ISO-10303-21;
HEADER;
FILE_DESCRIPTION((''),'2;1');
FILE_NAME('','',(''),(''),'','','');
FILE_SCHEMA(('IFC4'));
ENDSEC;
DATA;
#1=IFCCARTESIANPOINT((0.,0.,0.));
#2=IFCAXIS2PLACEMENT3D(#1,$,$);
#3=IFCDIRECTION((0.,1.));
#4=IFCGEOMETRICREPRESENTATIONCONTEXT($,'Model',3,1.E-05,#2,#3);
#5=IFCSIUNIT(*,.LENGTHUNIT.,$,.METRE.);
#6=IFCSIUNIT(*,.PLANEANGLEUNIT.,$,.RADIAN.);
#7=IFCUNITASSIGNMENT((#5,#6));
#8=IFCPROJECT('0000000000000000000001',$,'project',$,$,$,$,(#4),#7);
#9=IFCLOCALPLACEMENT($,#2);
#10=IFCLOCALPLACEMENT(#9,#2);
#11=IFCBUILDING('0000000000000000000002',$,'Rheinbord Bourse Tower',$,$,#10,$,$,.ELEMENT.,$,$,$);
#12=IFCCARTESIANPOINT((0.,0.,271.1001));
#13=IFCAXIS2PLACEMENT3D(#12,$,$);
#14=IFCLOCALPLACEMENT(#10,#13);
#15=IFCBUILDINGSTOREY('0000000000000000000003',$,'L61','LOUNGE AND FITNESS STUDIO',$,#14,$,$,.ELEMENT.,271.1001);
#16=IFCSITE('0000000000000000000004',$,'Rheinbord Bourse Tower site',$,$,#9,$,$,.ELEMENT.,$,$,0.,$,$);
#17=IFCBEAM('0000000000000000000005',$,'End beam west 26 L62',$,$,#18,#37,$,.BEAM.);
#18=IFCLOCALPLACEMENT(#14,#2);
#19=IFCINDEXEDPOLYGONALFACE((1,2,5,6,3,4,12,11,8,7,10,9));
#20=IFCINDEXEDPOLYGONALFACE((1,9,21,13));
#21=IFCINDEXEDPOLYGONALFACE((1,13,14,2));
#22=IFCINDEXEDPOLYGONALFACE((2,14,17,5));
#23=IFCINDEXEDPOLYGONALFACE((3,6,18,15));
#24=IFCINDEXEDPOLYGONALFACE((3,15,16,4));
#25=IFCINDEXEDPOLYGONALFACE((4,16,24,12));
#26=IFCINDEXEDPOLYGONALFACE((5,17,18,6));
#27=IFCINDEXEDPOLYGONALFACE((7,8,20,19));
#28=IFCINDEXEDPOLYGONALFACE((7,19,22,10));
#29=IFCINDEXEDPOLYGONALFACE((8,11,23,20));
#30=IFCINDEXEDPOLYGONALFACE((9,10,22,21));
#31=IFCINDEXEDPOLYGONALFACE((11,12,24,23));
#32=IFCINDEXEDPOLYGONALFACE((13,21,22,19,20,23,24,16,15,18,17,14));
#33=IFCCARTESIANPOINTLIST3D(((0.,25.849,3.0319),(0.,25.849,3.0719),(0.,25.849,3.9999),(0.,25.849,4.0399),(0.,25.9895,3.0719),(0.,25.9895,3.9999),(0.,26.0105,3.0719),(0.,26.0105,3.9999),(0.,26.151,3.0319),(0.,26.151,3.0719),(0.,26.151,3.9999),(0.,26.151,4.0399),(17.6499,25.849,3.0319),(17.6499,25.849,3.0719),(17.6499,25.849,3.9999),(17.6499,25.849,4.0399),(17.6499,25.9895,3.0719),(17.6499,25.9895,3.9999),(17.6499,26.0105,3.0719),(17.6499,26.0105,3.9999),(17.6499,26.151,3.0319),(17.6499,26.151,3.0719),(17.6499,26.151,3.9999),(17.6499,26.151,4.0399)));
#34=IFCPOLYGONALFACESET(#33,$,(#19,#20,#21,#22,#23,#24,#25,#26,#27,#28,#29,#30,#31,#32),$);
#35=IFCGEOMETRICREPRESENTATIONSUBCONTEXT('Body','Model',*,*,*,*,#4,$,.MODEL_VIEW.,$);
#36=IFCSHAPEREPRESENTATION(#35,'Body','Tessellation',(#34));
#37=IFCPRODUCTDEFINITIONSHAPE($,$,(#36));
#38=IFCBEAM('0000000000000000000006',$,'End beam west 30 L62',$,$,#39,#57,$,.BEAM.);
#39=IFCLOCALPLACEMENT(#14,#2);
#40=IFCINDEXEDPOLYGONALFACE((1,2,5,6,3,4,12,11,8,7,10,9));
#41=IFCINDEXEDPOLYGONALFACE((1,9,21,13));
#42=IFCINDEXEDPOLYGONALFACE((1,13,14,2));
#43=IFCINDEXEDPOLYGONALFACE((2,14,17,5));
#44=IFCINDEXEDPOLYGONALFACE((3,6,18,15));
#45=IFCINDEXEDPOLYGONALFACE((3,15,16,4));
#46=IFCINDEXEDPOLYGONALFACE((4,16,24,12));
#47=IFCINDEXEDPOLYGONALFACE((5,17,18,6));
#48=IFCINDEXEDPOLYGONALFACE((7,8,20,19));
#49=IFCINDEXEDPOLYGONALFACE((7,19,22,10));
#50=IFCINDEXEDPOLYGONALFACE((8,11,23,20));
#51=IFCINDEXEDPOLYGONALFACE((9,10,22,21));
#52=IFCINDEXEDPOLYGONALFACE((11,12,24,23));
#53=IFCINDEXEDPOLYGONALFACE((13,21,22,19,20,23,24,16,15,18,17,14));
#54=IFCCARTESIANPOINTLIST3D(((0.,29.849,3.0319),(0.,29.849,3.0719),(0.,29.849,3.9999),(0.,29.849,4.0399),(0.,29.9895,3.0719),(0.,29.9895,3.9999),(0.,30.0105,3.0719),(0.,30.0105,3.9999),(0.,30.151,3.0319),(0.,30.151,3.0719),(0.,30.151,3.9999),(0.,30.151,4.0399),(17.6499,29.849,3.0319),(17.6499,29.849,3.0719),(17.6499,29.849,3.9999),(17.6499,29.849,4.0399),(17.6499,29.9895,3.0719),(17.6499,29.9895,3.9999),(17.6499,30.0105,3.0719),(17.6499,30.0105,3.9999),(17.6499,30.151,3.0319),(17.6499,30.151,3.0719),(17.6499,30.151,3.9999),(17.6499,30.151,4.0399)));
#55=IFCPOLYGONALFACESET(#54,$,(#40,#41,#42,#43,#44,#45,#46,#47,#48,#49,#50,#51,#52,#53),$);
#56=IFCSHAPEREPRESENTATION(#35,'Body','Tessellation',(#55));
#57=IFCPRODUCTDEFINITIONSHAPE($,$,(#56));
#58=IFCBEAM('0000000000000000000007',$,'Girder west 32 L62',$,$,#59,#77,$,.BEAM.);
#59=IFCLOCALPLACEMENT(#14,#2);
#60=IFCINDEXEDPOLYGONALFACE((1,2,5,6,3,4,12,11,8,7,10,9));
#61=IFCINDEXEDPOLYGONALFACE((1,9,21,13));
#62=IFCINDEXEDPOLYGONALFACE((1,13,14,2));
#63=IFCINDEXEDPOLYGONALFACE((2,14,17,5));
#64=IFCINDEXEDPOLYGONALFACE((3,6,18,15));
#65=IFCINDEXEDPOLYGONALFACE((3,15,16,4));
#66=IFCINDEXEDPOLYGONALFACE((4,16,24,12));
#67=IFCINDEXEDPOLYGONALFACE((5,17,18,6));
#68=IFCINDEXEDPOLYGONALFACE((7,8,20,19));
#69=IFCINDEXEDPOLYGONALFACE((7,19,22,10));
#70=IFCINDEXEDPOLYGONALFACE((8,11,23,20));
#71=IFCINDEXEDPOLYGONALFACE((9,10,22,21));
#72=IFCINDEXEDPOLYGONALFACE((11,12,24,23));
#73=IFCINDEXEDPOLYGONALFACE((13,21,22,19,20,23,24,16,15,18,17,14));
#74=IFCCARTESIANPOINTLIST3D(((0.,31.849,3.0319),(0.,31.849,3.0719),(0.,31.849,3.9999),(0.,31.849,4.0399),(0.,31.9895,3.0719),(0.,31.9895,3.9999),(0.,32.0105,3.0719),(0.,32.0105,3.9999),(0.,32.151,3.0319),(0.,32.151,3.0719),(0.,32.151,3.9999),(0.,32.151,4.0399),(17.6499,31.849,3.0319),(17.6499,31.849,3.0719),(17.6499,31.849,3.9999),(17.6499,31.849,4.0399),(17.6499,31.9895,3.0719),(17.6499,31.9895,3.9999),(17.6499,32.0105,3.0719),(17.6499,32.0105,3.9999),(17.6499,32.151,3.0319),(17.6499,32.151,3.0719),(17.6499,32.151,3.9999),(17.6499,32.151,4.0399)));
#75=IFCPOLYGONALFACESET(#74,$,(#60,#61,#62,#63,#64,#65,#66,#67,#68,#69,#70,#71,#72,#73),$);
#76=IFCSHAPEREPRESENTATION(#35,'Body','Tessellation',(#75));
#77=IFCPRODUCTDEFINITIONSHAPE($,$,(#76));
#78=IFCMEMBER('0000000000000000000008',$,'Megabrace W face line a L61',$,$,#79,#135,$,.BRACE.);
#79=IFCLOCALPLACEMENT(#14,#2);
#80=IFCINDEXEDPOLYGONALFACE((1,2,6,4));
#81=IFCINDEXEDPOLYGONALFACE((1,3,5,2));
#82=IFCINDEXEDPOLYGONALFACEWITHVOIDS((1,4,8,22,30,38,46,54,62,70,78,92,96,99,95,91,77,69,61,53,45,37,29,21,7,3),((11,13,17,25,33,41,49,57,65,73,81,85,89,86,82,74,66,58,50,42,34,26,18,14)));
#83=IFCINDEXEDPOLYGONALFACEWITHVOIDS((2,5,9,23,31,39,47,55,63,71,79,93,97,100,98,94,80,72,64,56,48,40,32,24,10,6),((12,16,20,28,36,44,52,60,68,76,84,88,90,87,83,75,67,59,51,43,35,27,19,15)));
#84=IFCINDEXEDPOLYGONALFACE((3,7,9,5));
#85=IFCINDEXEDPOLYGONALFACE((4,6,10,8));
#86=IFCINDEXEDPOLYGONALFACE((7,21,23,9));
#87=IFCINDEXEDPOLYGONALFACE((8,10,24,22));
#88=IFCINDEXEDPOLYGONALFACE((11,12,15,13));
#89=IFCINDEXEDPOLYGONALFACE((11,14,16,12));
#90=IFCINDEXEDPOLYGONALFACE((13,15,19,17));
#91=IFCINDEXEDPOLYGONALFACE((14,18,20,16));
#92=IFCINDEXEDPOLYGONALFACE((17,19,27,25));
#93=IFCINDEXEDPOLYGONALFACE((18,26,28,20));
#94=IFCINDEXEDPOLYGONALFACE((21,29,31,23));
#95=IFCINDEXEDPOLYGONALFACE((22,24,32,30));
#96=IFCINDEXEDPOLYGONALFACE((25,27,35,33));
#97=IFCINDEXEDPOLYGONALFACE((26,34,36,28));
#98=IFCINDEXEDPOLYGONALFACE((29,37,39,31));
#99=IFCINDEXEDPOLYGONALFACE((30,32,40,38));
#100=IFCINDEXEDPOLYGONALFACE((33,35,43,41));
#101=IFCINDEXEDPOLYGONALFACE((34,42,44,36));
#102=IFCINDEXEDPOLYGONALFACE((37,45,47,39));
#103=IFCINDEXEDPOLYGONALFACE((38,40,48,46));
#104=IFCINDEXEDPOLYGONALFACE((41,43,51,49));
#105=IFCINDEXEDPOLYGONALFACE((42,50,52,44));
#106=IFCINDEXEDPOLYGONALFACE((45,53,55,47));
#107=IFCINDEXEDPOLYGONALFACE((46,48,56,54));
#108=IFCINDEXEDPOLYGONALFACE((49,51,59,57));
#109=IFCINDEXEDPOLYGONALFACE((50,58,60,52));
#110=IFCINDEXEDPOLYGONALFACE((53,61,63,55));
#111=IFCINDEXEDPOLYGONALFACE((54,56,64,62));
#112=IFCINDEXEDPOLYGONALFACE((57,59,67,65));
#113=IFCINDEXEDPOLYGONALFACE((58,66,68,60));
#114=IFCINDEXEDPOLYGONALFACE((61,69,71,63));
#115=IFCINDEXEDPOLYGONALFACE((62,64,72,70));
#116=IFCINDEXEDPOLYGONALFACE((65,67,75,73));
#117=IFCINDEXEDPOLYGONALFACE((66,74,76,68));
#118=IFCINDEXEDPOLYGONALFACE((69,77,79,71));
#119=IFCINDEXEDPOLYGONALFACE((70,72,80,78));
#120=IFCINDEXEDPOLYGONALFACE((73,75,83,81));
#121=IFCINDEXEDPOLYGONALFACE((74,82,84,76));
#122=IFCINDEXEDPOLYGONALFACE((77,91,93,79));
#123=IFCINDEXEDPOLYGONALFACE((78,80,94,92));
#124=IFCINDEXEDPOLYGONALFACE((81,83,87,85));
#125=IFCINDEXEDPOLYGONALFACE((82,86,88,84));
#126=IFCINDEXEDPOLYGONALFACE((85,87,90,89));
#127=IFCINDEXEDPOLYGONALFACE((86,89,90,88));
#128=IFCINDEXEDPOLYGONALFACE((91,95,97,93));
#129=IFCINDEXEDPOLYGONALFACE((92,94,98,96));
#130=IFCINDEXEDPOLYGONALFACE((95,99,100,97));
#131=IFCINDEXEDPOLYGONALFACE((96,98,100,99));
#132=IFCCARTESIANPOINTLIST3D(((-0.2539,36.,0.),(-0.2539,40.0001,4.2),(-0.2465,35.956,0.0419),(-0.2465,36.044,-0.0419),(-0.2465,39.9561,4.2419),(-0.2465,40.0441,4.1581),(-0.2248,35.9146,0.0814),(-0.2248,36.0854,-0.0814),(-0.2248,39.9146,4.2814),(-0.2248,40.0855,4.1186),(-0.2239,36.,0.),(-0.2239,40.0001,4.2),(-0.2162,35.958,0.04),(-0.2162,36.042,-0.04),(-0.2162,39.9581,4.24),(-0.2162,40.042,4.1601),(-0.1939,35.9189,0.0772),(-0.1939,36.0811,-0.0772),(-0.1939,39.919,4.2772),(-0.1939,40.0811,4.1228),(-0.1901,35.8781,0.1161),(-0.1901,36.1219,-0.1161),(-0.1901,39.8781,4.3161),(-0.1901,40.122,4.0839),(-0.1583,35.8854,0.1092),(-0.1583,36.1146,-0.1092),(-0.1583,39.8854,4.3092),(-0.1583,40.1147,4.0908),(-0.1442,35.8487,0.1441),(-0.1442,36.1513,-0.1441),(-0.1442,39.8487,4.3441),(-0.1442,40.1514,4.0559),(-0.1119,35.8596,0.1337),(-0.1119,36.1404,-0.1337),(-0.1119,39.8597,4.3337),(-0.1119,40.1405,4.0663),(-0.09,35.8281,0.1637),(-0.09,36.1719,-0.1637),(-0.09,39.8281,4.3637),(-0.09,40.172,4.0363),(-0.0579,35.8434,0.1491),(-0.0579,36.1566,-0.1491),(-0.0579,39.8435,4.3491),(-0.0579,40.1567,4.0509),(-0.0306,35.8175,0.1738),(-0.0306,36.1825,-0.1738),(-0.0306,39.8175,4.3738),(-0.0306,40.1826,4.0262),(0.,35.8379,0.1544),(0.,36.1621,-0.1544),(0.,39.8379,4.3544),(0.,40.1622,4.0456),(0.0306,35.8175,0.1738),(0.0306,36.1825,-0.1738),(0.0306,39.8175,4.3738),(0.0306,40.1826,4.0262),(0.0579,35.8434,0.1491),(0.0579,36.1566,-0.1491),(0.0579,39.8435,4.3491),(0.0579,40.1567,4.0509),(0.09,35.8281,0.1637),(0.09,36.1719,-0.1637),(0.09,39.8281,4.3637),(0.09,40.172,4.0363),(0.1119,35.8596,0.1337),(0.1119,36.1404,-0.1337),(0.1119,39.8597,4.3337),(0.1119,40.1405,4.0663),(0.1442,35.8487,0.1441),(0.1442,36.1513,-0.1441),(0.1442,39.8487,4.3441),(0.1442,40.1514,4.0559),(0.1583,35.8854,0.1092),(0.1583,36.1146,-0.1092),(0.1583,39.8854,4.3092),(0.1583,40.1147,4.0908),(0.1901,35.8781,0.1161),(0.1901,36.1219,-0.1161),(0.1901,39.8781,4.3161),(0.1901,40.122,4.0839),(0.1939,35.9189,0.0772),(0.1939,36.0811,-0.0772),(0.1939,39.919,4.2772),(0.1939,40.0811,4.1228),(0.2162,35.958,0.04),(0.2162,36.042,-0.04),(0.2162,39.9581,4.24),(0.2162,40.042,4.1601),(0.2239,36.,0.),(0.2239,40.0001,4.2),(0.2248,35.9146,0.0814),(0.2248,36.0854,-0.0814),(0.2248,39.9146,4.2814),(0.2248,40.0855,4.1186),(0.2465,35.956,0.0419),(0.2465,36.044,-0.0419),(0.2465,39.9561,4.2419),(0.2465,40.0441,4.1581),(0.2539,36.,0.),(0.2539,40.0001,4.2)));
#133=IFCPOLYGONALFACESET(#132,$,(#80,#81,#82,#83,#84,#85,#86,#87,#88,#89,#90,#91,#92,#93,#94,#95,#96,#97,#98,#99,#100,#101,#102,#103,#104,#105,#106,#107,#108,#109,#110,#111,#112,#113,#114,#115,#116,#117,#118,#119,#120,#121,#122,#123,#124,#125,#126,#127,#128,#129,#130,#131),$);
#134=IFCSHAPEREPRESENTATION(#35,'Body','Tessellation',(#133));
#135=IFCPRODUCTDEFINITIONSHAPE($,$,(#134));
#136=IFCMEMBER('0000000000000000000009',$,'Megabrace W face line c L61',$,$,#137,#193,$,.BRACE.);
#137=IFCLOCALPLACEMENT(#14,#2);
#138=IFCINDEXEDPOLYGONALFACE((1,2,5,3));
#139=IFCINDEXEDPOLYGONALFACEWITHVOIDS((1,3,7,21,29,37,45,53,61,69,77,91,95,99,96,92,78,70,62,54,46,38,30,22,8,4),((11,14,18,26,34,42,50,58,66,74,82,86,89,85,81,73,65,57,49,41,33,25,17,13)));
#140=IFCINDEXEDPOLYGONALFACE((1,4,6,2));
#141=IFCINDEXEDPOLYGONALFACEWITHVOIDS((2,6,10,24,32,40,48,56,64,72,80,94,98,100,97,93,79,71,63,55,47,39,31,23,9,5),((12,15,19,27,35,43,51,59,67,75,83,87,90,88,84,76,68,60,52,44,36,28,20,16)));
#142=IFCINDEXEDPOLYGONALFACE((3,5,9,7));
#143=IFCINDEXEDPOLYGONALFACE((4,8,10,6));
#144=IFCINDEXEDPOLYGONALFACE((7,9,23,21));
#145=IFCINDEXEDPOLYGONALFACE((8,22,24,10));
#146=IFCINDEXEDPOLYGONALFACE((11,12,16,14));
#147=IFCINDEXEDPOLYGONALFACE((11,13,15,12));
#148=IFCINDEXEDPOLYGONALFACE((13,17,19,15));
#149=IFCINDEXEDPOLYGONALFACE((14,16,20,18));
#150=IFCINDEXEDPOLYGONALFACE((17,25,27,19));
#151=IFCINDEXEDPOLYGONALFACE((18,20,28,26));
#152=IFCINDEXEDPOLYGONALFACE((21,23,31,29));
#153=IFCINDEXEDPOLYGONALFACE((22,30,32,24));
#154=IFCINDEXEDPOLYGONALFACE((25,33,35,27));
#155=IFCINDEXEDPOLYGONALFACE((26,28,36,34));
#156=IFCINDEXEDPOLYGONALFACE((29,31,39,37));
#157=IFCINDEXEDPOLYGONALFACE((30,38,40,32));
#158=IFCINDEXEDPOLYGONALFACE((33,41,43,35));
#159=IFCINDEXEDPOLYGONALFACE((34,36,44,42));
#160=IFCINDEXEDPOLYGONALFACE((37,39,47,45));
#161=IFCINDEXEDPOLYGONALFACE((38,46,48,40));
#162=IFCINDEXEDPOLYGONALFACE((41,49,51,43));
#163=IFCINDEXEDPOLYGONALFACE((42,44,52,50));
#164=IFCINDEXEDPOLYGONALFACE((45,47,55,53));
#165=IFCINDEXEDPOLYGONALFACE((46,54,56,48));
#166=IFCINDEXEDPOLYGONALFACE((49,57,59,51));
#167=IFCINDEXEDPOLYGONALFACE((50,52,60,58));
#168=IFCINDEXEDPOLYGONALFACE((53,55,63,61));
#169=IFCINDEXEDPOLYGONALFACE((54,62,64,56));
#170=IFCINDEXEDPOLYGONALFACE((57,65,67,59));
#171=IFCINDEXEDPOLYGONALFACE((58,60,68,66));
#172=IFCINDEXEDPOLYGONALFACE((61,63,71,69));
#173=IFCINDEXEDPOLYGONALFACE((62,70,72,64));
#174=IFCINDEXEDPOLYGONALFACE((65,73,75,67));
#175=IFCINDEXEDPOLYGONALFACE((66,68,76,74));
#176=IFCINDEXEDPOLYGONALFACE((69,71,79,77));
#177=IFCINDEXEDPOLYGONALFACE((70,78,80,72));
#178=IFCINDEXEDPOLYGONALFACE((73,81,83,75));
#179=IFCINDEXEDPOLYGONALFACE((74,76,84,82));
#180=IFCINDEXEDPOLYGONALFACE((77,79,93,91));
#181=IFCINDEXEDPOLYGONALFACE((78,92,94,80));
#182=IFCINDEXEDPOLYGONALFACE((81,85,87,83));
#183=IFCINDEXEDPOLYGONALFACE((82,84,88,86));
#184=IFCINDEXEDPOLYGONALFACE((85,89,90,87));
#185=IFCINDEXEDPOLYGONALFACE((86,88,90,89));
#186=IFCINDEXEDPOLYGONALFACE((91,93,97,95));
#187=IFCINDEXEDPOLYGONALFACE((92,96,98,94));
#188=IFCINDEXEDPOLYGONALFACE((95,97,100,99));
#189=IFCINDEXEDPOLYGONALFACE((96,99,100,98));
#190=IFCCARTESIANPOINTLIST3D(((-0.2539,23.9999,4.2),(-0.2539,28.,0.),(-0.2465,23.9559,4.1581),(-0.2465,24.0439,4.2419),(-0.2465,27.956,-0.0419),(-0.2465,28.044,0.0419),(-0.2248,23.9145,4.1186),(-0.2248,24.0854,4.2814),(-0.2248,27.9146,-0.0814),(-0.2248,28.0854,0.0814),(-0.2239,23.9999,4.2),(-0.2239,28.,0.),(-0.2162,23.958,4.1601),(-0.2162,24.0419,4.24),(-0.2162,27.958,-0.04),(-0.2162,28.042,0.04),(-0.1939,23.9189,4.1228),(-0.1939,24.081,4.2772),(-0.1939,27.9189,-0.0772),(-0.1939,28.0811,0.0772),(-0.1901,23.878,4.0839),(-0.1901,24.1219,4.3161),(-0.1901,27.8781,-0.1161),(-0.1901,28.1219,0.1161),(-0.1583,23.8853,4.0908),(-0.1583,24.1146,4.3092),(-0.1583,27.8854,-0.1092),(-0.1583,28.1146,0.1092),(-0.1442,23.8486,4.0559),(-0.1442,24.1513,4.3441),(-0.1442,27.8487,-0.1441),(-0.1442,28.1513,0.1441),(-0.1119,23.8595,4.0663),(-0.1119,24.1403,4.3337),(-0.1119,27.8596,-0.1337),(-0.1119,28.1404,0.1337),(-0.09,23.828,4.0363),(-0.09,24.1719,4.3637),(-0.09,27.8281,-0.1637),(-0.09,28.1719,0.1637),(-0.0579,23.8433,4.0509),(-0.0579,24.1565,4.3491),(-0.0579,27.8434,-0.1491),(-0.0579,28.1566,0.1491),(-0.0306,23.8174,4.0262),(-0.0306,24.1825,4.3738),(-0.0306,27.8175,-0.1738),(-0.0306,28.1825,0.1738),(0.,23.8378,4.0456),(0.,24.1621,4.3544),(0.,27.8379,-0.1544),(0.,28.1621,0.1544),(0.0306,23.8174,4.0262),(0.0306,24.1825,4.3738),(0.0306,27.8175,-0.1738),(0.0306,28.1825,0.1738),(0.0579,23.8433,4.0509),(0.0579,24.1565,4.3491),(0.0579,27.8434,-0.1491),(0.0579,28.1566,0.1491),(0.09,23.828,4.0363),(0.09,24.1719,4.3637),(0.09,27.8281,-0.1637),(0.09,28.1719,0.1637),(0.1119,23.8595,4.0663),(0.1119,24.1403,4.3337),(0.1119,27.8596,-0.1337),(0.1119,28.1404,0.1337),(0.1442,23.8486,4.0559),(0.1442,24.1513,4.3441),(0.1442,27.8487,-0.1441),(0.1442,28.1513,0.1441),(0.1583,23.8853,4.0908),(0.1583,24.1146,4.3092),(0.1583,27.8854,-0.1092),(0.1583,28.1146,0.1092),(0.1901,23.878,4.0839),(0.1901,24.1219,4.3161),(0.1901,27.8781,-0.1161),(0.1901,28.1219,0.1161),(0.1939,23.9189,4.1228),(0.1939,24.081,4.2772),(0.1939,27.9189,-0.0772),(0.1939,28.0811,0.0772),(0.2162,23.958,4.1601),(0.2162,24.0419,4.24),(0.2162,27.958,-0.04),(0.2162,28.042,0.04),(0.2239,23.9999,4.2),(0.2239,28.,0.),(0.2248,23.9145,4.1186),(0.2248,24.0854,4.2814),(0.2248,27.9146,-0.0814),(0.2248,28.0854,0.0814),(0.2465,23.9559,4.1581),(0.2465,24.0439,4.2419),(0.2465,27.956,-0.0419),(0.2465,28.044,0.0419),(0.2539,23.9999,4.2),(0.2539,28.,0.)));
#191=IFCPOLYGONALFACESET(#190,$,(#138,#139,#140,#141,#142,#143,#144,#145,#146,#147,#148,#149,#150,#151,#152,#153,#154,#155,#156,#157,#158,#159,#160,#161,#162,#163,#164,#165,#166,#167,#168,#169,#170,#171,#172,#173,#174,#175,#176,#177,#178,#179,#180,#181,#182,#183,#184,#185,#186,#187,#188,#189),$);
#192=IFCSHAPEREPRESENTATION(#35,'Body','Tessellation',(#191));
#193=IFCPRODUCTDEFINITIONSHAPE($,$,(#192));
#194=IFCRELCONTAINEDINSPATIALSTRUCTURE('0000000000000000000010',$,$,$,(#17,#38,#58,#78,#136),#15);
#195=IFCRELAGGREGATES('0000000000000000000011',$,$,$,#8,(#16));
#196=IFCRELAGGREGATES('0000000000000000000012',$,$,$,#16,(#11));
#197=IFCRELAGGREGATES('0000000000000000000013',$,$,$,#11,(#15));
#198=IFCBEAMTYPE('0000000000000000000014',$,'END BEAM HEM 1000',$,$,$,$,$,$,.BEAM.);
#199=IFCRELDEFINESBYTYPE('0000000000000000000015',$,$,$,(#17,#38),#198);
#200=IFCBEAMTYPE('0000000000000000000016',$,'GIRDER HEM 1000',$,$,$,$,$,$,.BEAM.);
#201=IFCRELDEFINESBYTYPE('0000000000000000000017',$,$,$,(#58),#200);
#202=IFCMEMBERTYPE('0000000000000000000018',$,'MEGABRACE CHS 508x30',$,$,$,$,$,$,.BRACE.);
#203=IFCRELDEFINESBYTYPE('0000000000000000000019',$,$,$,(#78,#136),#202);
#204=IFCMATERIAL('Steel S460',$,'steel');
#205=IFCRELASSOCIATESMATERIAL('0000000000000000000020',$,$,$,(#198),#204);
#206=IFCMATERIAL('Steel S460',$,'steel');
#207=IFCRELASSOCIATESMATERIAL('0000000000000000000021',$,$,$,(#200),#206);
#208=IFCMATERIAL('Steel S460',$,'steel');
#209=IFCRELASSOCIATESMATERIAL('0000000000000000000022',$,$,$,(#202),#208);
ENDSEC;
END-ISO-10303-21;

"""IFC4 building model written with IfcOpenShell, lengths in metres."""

from ifc_helpers import new_model, si_unit, direction, frame, origin, origin_2d, place, context, subcontext, project, spatial, hollow_circle, i_section, extrude, material, material_profile, profile_set, type_object, element, save


model = new_model("IFC4")

# Units and contexts
model_context = context("Model", 3, precision=1e-05, world=origin(), true_north=direction((0.0, 1.0)))
body_context = subcontext(model_context, "Body", "Model", "MODEL_VIEW")
ifc_project = project(units=[si_unit("LENGTHUNIT", "METRE"), si_unit("PLANEANGLEUNIT", "RADIAN")], contexts=[model_context])

# Site, building, storey
site_placement = place(None, origin())
site = spatial("IfcSite", under=ifc_project, at=site_placement, Name="Rheinbord Bourse Tower site", CompositionType="ELEMENT", RefElevation=0.0)
building_placement = place(site_placement, origin())
building = spatial("IfcBuilding", under=site, at=building_placement, Name="Rheinbord Bourse Tower", CompositionType="ELEMENT")
storey_placement = place(building_placement, frame((0.0, 0.0, 271.1001)))
storey = spatial("IfcBuildingStorey", under=building, at=storey_placement, Name="L61", Description="LOUNGE AND FITNESS STUDIO", CompositionType="ELEMENT", Elevation=271.1001)

# Beams
ifc_material_1 = material(Name="Steel S460", Category="steel")
ifc_material_profile_1 = material_profile(ifc_material_1, i_section(OverallWidth=0.302, OverallDepth=1.0081, WebThickness=0.021, FlangeThickness=0.04, at=origin_2d()), Name="HEM 1000")
ifc_profile_set_1 = profile_set([ifc_material_profile_1], Name="Steel S460")
beam_type_1 = type_object("IfcBeamType", Name="END BEAM HEM 1000", PredefinedType="BEAM", material=ifc_profile_set_1)
for number, where, z_axis, x_axis, name in (
    (1, (0.0, 26.0, 3.5359), (1.0, 0.0, 0.0), (0.0, 1.0, 0.0), "End beam west 26 L62"),
    (2, (0.0, 30.0, 3.5359), (1.0, 0.0, 0.0), (0.0, 1.0, 0.0), "End beam west 30 L62"),
):
    element("IfcBeam", number, at=place(storey_placement, frame(where, z_axis=z_axis, x_axis=x_axis)), inside=storey, type_object=beam_type_1, Name=name, PredefinedType="BEAM", context=body_context, shape_type="SweptSolid", body=[
        extrude(i_section(OverallWidth=0.302, OverallDepth=1.0081, WebThickness=0.021, FlangeThickness=0.04, at=origin_2d()), origin(), (0.0, 0.0, 1.0), 17.6499),
    ])
ifc_material_2 = material(Name="Steel S460", Category="steel")
ifc_material_profile_2 = material_profile(ifc_material_2, i_section(OverallWidth=0.302, OverallDepth=1.0081, WebThickness=0.021, FlangeThickness=0.04, at=origin_2d()), Name="HEM 1000")
ifc_profile_set_2 = profile_set([ifc_material_profile_2], Name="Steel S460")
beam_type_2 = type_object("IfcBeamType", Name="GIRDER HEM 1000", PredefinedType="BEAM", material=ifc_profile_set_2)
beam_1_placement = place(storey_placement, frame((0.0, 32.0, 3.5359), z_axis=(1.0, 0.0, 0.0), x_axis=(0.0, 1.0, 0.0)))
element("IfcBeam", 3, at=beam_1_placement, inside=storey, type_object=beam_type_2, Name="Girder west 32 L62", PredefinedType="BEAM", context=body_context, shape_type="SweptSolid", body=[
    extrude(i_section(OverallWidth=0.302, OverallDepth=1.0081, WebThickness=0.021, FlangeThickness=0.04, at=origin_2d()), origin(), (0.0, 0.0, 1.0), 17.6499),
])

# Members
ifc_material_3 = material(Name="Steel S460", Category="steel")
ifc_material_profile_3 = material_profile(ifc_material_3, hollow_circle(Radius=0.2539, WallThickness=0.03, at=origin_2d()), Name="CHS 508x30")
ifc_profile_set_3 = profile_set([ifc_material_profile_3], Name="Steel S460")
member_type_1 = type_object("IfcMemberType", Name="MEGABRACE CHS 508x30", PredefinedType="BRACE", material=ifc_profile_set_3)
for number, where, z_axis, x_axis, name in (
    (4, (0.0, 36.0, 0.0), (0.0, 0.689659, 0.724134), (-1.0, 0.0, 0.0), "Megabrace W face line a L61"),
    (5, (0.0, 28.0, 0.0), (0.0, -0.689659, 0.724134), (1.0, 0.0, 0.0), "Megabrace W face line c L61"),
):
    element("IfcMember", number, at=place(storey_placement, frame(where, z_axis=z_axis, x_axis=x_axis)), inside=storey, type_object=member_type_1, Name=name, PredefinedType="BRACE", context=body_context, shape_type="SweptSolid", body=[
        extrude(hollow_circle(Radius=0.2539, WallThickness=0.03, at=origin_2d()), origin(), (0.0, 0.0, 1.0), 5.8),
    ])

save(model, "model.ifc")
